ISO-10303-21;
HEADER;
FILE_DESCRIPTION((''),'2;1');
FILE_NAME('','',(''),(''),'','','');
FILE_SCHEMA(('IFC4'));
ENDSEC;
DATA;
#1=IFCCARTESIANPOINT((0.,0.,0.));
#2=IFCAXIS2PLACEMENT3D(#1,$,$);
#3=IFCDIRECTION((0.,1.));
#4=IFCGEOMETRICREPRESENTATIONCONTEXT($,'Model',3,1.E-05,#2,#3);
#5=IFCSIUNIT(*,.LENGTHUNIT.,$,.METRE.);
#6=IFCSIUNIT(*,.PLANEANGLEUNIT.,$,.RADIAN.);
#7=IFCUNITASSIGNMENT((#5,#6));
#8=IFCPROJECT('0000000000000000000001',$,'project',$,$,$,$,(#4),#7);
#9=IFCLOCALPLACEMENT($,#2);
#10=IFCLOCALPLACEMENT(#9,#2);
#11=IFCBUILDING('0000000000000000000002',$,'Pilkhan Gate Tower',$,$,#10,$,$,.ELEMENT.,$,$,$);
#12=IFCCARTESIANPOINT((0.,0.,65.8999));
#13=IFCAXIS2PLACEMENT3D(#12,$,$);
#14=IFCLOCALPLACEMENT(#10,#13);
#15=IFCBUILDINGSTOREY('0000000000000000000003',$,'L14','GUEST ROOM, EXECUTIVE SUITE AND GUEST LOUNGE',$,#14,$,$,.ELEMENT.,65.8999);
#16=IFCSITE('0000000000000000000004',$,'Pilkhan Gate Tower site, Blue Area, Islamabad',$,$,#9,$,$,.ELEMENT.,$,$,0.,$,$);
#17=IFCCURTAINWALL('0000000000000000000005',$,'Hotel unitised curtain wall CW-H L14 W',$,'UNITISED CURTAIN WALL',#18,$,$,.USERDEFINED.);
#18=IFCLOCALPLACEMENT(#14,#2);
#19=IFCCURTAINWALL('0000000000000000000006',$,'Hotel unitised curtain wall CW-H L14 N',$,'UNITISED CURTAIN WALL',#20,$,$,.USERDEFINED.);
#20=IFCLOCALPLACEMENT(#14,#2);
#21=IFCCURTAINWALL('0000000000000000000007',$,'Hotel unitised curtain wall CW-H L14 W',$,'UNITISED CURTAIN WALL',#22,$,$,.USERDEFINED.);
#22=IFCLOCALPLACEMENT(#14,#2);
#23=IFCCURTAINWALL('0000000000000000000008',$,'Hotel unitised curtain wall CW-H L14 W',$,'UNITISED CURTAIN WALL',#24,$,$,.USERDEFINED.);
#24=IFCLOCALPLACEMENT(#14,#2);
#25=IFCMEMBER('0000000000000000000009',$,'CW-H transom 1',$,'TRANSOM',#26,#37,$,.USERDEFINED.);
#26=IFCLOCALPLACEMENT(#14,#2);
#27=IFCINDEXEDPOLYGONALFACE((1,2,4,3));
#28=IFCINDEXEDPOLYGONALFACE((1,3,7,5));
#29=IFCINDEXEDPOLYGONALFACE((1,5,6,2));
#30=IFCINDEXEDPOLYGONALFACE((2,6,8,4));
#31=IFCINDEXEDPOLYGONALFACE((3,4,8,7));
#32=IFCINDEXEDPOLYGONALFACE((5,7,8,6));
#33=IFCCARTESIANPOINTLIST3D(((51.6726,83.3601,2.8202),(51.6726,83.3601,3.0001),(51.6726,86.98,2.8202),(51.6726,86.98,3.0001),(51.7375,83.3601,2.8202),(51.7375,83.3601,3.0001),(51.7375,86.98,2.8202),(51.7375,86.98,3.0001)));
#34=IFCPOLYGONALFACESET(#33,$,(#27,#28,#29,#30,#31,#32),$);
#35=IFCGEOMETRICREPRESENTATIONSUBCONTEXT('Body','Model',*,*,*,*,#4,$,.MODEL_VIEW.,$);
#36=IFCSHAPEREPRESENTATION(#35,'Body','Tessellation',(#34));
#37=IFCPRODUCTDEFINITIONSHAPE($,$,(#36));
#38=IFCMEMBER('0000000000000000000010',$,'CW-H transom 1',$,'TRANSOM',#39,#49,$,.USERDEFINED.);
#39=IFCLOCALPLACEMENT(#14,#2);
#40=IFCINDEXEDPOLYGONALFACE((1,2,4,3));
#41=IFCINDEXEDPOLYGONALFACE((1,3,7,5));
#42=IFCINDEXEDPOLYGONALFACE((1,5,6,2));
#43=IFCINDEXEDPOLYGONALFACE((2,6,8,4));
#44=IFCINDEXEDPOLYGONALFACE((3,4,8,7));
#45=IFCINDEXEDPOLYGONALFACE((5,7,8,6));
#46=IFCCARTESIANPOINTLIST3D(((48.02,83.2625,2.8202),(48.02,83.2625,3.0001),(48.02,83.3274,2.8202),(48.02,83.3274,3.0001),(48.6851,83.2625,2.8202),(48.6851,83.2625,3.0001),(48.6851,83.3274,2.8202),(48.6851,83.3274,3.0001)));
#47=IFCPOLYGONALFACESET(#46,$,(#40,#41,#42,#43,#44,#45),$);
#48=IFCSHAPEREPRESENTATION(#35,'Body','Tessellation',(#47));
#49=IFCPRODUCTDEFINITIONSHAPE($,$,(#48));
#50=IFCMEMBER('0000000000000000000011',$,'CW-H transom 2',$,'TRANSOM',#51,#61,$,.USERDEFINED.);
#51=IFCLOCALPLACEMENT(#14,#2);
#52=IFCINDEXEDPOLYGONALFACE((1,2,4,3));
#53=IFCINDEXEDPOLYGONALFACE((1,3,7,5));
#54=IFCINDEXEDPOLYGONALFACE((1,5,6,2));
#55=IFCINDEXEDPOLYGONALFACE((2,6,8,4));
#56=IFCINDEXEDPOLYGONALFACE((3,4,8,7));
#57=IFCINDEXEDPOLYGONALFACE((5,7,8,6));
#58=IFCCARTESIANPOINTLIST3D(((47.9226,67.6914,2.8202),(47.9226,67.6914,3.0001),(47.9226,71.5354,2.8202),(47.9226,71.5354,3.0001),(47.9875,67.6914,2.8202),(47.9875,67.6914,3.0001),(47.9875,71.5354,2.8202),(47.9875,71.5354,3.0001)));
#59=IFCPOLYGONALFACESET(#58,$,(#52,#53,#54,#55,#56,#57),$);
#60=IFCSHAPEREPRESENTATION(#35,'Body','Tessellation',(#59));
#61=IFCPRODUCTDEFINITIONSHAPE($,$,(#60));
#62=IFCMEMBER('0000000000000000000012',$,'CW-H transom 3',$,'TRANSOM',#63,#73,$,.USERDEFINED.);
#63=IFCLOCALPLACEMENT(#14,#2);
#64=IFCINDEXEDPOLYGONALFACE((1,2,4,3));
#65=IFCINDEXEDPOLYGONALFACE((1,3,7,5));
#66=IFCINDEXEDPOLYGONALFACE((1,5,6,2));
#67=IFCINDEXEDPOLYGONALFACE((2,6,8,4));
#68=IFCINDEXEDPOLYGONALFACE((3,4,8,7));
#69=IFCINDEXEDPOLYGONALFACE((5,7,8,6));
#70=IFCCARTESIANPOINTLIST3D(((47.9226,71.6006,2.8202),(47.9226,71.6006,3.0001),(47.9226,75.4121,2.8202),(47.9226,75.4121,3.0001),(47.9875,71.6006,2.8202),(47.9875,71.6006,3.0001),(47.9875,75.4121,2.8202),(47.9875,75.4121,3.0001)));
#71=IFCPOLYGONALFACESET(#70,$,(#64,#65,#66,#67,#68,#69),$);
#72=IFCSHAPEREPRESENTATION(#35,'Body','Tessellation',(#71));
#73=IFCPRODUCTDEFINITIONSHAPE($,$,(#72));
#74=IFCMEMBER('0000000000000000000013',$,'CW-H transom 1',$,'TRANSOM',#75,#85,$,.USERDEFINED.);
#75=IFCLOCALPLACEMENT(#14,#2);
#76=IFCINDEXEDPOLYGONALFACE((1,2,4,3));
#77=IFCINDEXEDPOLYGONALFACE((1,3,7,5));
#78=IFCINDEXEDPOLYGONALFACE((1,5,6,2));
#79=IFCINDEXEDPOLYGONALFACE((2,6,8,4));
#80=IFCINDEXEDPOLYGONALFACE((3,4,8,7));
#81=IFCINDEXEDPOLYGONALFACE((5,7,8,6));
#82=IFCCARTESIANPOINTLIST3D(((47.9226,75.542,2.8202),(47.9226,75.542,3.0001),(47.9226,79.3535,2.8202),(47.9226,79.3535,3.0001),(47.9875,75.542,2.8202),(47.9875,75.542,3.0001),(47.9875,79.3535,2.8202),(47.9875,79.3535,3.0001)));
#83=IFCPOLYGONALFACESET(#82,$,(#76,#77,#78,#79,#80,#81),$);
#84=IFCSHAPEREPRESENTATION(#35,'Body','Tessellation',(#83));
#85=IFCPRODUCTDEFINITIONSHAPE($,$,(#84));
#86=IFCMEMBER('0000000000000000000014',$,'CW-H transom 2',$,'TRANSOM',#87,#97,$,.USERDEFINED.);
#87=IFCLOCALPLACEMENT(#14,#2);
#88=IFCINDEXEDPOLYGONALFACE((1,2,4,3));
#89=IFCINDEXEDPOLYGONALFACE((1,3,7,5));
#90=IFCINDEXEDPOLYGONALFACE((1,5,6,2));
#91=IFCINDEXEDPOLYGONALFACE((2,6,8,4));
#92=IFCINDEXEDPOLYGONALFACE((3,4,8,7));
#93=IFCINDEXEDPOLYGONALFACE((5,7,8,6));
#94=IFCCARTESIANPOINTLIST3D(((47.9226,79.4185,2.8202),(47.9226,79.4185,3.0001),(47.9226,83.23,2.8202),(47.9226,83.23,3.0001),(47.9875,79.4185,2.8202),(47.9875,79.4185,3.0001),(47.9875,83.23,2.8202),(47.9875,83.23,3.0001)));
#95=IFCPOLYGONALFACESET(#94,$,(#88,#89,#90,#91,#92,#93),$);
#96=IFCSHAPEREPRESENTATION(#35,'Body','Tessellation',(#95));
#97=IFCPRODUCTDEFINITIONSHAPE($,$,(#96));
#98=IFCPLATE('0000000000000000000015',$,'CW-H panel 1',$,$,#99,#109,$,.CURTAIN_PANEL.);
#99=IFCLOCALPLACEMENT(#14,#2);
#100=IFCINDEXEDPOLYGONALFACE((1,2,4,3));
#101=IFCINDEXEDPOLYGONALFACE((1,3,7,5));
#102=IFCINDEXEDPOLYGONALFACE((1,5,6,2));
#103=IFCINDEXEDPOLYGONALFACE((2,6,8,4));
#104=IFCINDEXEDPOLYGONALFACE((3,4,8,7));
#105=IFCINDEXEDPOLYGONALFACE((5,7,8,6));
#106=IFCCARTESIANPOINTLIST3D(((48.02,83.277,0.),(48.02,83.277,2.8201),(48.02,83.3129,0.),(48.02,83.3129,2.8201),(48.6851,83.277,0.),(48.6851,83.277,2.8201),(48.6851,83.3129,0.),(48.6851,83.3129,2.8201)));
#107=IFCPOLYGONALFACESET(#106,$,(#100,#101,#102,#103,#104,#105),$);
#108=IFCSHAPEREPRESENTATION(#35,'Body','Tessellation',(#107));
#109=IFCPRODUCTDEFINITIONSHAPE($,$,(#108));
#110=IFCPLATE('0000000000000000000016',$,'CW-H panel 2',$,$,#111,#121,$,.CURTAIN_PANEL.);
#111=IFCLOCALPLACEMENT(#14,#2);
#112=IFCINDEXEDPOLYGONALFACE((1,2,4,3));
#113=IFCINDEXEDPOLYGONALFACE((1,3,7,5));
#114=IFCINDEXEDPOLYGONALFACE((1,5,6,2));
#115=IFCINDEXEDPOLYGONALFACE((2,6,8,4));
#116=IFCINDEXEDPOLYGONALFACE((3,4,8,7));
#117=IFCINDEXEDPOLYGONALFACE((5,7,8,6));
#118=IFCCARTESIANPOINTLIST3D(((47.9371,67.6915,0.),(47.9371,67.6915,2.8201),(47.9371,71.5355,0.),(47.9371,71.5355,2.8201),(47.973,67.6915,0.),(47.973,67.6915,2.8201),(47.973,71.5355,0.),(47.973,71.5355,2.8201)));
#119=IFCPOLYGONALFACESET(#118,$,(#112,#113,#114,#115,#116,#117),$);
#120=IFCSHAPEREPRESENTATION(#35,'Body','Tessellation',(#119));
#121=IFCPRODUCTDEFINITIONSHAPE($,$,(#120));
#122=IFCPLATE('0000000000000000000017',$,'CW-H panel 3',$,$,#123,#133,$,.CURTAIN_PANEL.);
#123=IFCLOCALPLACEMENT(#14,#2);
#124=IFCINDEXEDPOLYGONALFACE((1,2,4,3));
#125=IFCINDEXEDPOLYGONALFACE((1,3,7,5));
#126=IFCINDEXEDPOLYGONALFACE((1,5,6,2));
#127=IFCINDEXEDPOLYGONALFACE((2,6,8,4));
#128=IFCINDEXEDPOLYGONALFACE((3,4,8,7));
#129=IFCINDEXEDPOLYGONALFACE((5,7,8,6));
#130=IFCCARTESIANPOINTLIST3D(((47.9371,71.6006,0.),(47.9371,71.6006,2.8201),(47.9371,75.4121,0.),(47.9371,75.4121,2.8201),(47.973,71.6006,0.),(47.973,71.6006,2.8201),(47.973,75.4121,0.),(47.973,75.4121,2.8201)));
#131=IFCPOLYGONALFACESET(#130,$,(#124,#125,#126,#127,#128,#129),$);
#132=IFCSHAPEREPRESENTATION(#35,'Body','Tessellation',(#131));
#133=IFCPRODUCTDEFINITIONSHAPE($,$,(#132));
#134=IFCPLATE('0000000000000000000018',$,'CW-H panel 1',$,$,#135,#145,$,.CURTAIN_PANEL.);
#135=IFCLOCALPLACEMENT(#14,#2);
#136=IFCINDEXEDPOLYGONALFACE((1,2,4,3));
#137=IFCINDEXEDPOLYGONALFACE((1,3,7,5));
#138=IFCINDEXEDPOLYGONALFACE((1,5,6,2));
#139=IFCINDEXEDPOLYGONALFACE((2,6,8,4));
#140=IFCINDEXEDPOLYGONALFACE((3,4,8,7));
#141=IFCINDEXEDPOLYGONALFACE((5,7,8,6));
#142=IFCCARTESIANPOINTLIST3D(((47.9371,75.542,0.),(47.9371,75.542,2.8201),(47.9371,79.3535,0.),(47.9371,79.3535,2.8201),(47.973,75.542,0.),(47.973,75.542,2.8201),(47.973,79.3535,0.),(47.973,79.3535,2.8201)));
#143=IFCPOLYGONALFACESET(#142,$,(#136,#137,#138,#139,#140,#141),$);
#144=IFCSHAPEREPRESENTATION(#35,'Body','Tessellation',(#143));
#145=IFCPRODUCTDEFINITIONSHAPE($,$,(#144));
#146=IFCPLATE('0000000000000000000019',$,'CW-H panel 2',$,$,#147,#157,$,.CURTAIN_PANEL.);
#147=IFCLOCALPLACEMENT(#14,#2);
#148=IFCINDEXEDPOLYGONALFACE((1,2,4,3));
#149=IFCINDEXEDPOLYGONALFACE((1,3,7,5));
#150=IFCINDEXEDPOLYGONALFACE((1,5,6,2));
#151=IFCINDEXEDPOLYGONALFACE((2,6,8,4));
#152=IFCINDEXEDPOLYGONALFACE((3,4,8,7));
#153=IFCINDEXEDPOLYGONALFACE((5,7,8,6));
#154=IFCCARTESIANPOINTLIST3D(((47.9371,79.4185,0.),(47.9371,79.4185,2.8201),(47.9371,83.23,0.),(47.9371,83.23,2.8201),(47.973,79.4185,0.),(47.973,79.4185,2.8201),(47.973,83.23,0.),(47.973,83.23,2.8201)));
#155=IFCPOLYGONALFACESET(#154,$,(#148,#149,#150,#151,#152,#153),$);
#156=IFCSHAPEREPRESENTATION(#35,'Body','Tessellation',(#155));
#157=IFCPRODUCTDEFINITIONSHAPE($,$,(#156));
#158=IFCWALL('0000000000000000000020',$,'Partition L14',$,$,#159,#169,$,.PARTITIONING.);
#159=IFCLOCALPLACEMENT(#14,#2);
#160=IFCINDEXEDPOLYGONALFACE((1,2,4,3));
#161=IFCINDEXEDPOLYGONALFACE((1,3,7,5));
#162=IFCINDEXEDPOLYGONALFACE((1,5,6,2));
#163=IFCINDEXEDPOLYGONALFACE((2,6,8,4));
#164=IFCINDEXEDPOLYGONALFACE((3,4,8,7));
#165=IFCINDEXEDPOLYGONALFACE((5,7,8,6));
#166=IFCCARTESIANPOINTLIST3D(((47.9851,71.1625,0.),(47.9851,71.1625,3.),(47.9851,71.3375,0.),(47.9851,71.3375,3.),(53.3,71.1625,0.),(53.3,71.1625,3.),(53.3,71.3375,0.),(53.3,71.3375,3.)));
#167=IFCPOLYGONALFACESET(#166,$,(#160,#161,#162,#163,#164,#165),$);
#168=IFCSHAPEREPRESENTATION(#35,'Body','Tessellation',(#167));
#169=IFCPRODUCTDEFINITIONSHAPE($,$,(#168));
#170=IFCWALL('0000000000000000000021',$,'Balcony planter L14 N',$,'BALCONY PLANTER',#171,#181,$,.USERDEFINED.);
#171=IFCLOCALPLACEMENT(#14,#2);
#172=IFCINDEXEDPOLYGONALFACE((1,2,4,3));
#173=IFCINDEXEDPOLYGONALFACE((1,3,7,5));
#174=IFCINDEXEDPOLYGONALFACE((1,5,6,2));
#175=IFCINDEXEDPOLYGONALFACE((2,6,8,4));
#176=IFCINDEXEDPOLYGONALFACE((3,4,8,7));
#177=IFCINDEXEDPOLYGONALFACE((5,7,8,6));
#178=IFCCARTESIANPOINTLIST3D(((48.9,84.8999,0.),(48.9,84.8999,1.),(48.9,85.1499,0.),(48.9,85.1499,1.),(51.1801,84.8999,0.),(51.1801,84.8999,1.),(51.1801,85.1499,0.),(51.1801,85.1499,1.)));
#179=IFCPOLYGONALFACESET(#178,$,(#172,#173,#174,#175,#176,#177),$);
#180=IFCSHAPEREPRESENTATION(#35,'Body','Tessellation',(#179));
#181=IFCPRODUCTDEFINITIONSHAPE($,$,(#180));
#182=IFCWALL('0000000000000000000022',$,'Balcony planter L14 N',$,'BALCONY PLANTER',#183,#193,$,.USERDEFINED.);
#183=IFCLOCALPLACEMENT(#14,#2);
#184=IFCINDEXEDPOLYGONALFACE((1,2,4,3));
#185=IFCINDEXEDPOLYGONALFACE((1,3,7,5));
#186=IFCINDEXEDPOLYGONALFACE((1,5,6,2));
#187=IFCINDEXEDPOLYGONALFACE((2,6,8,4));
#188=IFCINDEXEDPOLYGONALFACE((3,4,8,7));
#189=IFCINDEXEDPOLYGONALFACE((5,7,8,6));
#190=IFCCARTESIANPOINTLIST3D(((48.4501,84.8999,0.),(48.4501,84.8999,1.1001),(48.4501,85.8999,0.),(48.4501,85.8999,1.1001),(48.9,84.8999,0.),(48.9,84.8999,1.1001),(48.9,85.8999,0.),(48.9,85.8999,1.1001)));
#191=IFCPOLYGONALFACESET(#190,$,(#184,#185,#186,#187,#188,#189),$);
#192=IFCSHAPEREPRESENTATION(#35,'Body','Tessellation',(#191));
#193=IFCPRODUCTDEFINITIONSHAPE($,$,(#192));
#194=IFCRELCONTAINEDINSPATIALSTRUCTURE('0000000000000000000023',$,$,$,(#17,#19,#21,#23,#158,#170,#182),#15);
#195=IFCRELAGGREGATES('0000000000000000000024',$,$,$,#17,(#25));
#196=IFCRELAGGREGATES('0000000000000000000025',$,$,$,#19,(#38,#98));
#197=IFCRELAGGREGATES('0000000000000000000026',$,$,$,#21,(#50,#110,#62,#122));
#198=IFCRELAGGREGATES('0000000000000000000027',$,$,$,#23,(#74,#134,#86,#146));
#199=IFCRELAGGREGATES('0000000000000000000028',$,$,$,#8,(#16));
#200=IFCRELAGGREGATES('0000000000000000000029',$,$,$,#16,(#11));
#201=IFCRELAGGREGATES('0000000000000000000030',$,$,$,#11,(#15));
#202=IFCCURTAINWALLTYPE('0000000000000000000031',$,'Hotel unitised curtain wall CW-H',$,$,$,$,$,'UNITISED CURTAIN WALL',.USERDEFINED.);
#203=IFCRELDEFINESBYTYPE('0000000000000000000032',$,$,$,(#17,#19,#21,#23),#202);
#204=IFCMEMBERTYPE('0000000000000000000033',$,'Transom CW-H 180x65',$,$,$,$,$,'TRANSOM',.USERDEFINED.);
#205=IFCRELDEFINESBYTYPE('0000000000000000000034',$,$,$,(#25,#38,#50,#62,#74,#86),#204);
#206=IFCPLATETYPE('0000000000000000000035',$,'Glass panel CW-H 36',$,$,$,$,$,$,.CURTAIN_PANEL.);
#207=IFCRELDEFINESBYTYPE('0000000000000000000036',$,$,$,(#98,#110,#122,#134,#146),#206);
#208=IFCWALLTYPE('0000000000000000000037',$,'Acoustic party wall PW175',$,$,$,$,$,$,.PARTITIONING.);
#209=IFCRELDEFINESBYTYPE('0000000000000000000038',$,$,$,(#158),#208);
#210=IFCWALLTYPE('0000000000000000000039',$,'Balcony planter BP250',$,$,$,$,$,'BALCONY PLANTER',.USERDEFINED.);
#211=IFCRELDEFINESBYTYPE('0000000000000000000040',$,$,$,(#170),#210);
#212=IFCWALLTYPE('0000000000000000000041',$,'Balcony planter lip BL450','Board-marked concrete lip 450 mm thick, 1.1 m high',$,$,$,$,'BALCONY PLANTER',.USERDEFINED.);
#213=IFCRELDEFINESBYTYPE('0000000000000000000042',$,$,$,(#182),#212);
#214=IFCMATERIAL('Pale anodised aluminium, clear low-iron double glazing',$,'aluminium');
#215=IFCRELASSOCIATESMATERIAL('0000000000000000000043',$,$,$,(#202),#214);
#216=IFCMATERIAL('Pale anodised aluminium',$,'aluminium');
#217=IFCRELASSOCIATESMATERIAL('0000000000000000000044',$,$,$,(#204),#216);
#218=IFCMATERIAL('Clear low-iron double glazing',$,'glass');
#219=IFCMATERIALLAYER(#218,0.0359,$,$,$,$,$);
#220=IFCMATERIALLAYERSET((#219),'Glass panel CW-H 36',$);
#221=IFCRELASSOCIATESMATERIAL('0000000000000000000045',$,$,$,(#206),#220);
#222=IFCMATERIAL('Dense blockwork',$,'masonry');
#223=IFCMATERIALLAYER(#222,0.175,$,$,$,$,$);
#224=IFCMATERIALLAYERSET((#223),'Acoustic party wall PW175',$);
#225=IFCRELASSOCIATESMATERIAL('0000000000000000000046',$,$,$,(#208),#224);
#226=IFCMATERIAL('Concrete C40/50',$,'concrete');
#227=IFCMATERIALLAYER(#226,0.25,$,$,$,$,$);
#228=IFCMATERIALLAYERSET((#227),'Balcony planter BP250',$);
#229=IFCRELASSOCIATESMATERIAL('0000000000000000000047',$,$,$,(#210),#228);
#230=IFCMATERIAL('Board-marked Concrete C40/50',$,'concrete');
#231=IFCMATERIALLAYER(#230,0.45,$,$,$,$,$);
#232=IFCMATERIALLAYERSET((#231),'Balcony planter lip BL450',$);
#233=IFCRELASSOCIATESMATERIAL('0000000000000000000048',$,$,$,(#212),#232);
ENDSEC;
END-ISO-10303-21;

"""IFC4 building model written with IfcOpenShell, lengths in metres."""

from ifc_helpers import new_model, si_unit, direction, frame, frame_2d, origin, origin_2d, place, context, subcontext, project, spatial, rectangle, extrude, material, layer, layer_set, material_profile, profile_set, type_object, element, aggregate, save


model = new_model("IFC4")

# Units and contexts
model_context = context("Model", 3, precision=1e-05, world=origin(), true_north=direction((0.0, 1.0)))
body_context = subcontext(model_context, "Body", "Model", "MODEL_VIEW")
ifc_project = project(units=[si_unit("LENGTHUNIT", "METRE"), si_unit("PLANEANGLEUNIT", "RADIAN")], contexts=[model_context])

# Site, building, storey
site_placement = place(None, origin())
site = spatial("IfcSite", under=ifc_project, at=site_placement, Name="Pilkhan Gate Tower site, Blue Area, Islamabad", CompositionType="ELEMENT", RefElevation=0.0)
building_placement = place(site_placement, origin())
building = spatial("IfcBuilding", under=site, at=building_placement, Name="Pilkhan Gate Tower", CompositionType="ELEMENT")
storey_placement = place(building_placement, frame((0.0, 0.0, 65.8999)))
storey = spatial("IfcBuildingStorey", under=building, at=storey_placement, Name="L14", Description="GUEST ROOM, EXECUTIVE SUITE AND GUEST LOUNGE", CompositionType="ELEMENT", Elevation=65.8999)

# Curtain wall
ifc_material_1 = material(Name="Pale anodised aluminium, clear low-iron double glazing", Category="aluminium")
curtain_wall_type = type_object("IfcCurtainWallType", Name="Hotel unitised curtain wall CW-H", ElementType="UNITISED CURTAIN WALL", PredefinedType="USERDEFINED", material=ifc_material_1)
curtain_wall_1_placement = place(storey_placement, origin())
curtain_wall_1 = element("IfcCurtainWall", 1, at=curtain_wall_1_placement, inside=storey, type_object=curtain_wall_type, Name="Hotel unitised curtain wall CW-H L14 W", ObjectType="UNITISED CURTAIN WALL", PredefinedType="USERDEFINED")
ifc_material_2 = material(Name="Pale anodised aluminium", Category="aluminium")

# Curtain walls
curtain_wall_2_placement = place(storey_placement, origin())
curtain_wall_2 = element("IfcCurtainWall", 2, at=curtain_wall_2_placement, inside=storey, type_object=curtain_wall_type, Name="Hotel unitised curtain wall CW-H L14 N", ObjectType="UNITISED CURTAIN WALL", PredefinedType="USERDEFINED")
curtain_wall_3_placement = place(storey_placement, origin())
curtain_wall_3 = element("IfcCurtainWall", 3, at=curtain_wall_3_placement, inside=storey, type_object=curtain_wall_type, Name="Hotel unitised curtain wall CW-H L14 W", ObjectType="UNITISED CURTAIN WALL", PredefinedType="USERDEFINED")
curtain_wall_4_placement = place(storey_placement, origin())
curtain_wall_4 = element("IfcCurtainWall", 4, at=curtain_wall_4_placement, inside=storey, type_object=curtain_wall_type, Name="Hotel unitised curtain wall CW-H L14 W", ObjectType="UNITISED CURTAIN WALL", PredefinedType="USERDEFINED")

# Members
ifc_material_profile_1 = material_profile(ifc_material_2, rectangle(XDim=0.0649, YDim=0.1799, at=origin_2d()), Name="Transom 180x65")
ifc_profile_set_1 = profile_set([ifc_material_profile_1], Name="Pale anodised aluminium")
member_type_1 = type_object("IfcMemberType", Name="Transom CW-H 180x65", ElementType="TRANSOM", PredefinedType="USERDEFINED", material=ifc_profile_set_1)
member_1_placement = place(storey_placement, frame((51.7051, 83.3601, 2.9102), z_axis=(0.0, 1.0, 0.0), x_axis=(-1.0, 0.0, 0.0)))
member_1 = element("IfcMember", 5, at=member_1_placement, type_object=member_type_1, Name="CW-H transom 1", ObjectType="TRANSOM", PredefinedType="USERDEFINED", context=body_context, shape_type="SweptSolid", body=[
    extrude(rectangle(XDim=0.0649, YDim=0.1799, at=origin_2d()), origin(), (0.0, 0.0, 1.0), 3.6199),
])
aggregate(curtain_wall_1, [member_1])
member_2_placement = place(storey_placement, frame((48.02, 83.2949, 2.9102), z_axis=(1.0, 0.0, 0.0), x_axis=(0.0, 1.0, 0.0)))
member_2 = element("IfcMember", 6, at=member_2_placement, type_object=member_type_1, Name="CW-H transom 1", ObjectType="TRANSOM", PredefinedType="USERDEFINED", context=body_context, shape_type="SweptSolid", body=[
    extrude(rectangle(XDim=0.0649, YDim=0.1799, at=origin_2d()), origin(), (0.0, 0.0, 1.0), 0.665),
])
member_3_placement = place(storey_placement, frame((47.9551, 67.6914, 2.9102), z_axis=(0.0, 1.0, 0.0), x_axis=(-1.0, 0.0, 0.0)))
member_3 = element("IfcMember", 7, at=member_3_placement, type_object=member_type_1, Name="CW-H transom 2", ObjectType="TRANSOM", PredefinedType="USERDEFINED", context=body_context, shape_type="SweptSolid", body=[
    extrude(rectangle(XDim=0.0649, YDim=0.1799, at=origin_2d()), origin(), (0.0, 0.0, 1.0), 3.844),
])
member_4_placement = place(storey_placement, frame((47.9551, 71.6006, 2.9102), z_axis=(0.0, 1.0, 0.0), x_axis=(-1.0, 0.0, 0.0)))
member_4 = element("IfcMember", 8, at=member_4_placement, type_object=member_type_1, Name="CW-H transom 3", ObjectType="TRANSOM", PredefinedType="USERDEFINED", context=body_context, shape_type="SweptSolid", body=[
    extrude(rectangle(XDim=0.0649, YDim=0.1799, at=origin_2d()), origin(), (0.0, 0.0, 1.0), 3.8115),
])
member_5_placement = place(storey_placement, frame((47.9551, 75.542, 2.9102), z_axis=(0.0, 1.0, 0.0), x_axis=(-1.0, 0.0, 0.0)))
member_5 = element("IfcMember", 9, at=member_5_placement, type_object=member_type_1, Name="CW-H transom 1", ObjectType="TRANSOM", PredefinedType="USERDEFINED", context=body_context, shape_type="SweptSolid", body=[
    extrude(rectangle(XDim=0.0649, YDim=0.1799, at=origin_2d()), origin(), (0.0, 0.0, 1.0), 3.8115),
])
member_6_placement = place(storey_placement, frame((47.9551, 79.4185, 2.9102), z_axis=(0.0, 1.0, 0.0), x_axis=(-1.0, 0.0, 0.0)))
member_6 = element("IfcMember", 10, at=member_6_placement, type_object=member_type_1, Name="CW-H transom 2", ObjectType="TRANSOM", PredefinedType="USERDEFINED", context=body_context, shape_type="SweptSolid", body=[
    extrude(rectangle(XDim=0.0649, YDim=0.1799, at=origin_2d()), origin(), (0.0, 0.0, 1.0), 3.8115),
])

# Plates
ifc_material_3 = material(Name="Clear low-iron double glazing", Category="glass")
ifc_layer_1 = layer(ifc_material_3, 0.0359)
ifc_layer_set_1 = layer_set([ifc_layer_1], Name="Glass panel CW-H 36")
plate_type = type_object("IfcPlateType", Name="Glass panel CW-H 36", PredefinedType="CURTAIN_PANEL", material=ifc_layer_set_1)
plate_1_placement = place(storey_placement, frame((48.3525, 83.2949, 0.0), z_axis=(0.0, 0.0, 1.0), x_axis=(1.0, 0.0, 0.0)))
plate_1 = element("IfcPlate", 11, at=plate_1_placement, type_object=plate_type, Name="CW-H panel 1", PredefinedType="CURTAIN_PANEL", context=body_context, shape_type="SweptSolid", body=[
    extrude(rectangle(XDim=0.665, YDim=0.0359, at=origin_2d()), origin(), (0.0, 0.0, 1.0), 2.8201),
])
aggregate(curtain_wall_2, [member_2, plate_1])
plate_2_placement = place(storey_placement, frame((47.9551, 69.6135, 0.0), z_axis=(0.0, 0.0, 1.0), x_axis=(0.0, 1.0, 0.0)))
plate_2 = element("IfcPlate", 12, at=plate_2_placement, type_object=plate_type, Name="CW-H panel 2", PredefinedType="CURTAIN_PANEL", context=body_context, shape_type="SweptSolid", body=[
    extrude(rectangle(XDim=3.844, YDim=0.0359, at=origin_2d()), origin(), (0.0, 0.0, 1.0), 2.8201),
])
plate_3_placement = place(storey_placement, frame((47.9551, 73.5063, 0.0), z_axis=(0.0, 0.0, 1.0), x_axis=(0.0, 1.0, 0.0)))
plate_3 = element("IfcPlate", 13, at=plate_3_placement, type_object=plate_type, Name="CW-H panel 3", PredefinedType="CURTAIN_PANEL", context=body_context, shape_type="SweptSolid", body=[
    extrude(rectangle(XDim=3.8115, YDim=0.0359, at=origin_2d()), origin(), (0.0, 0.0, 1.0), 2.8201),
])
aggregate(curtain_wall_3, [member_3, plate_2, member_4, plate_3])
plate_4_placement = place(storey_placement, frame((47.9551, 77.4478, 0.0), z_axis=(0.0, 0.0, 1.0), x_axis=(0.0, 1.0, 0.0)))
plate_4 = element("IfcPlate", 14, at=plate_4_placement, type_object=plate_type, Name="CW-H panel 1", PredefinedType="CURTAIN_PANEL", context=body_context, shape_type="SweptSolid", body=[
    extrude(rectangle(XDim=3.8115, YDim=0.0359, at=origin_2d()), origin(), (0.0, 0.0, 1.0), 2.8201),
])
plate_5_placement = place(storey_placement, frame((47.9551, 81.3242, 0.0), z_axis=(0.0, 0.0, 1.0), x_axis=(0.0, 1.0, 0.0)))
plate_5 = element("IfcPlate", 15, at=plate_5_placement, type_object=plate_type, Name="CW-H panel 2", PredefinedType="CURTAIN_PANEL", context=body_context, shape_type="SweptSolid", body=[
    extrude(rectangle(XDim=3.8115, YDim=0.0359, at=origin_2d()), origin(), (0.0, 0.0, 1.0), 2.8201),
])
aggregate(curtain_wall_4, [member_5, plate_4, member_6, plate_5])

# Walls
ifc_material_4 = material(Name="Dense blockwork", Category="masonry")
ifc_layer_2 = layer(ifc_material_4, 0.175)
ifc_layer_set_2 = layer_set([ifc_layer_2], Name="Acoustic party wall PW175")
wall_type_1 = type_object("IfcWallType", Name="Acoustic party wall PW175", PredefinedType="PARTITIONING", material=ifc_layer_set_2)
wall_1_placement = place(storey_placement, frame((47.9851, 71.25, 0.0), z_axis=(0.0, 0.0, 1.0), x_axis=(1.0, 0.0, 0.0)))
element("IfcWall", 16, at=wall_1_placement, inside=storey, type_object=wall_type_1, Name="Partition L14", PredefinedType="PARTITIONING", context=body_context, shape_type="SweptSolid", body=[
    extrude(rectangle(XDim=5.3149, YDim=0.175, at=frame_2d((2.6575, 0.0))), origin(), (0.0, 0.0, 1.0), 3.0),
])
ifc_material_5 = material(Name="Concrete C40/50", Category="concrete")
ifc_layer_3 = layer(ifc_material_5, 0.25)
ifc_layer_set_3 = layer_set([ifc_layer_3], Name="Balcony planter BP250")
wall_type_2 = type_object("IfcWallType", Name="Balcony planter BP250", ElementType="BALCONY PLANTER", PredefinedType="USERDEFINED", material=ifc_layer_set_3)
wall_2_placement = place(storey_placement, frame((48.8999, 85.0249, 0.0), z_axis=(0.0, 0.0, 1.0), x_axis=(1.0, 0.0, 0.0)))
element("IfcWall", 17, at=wall_2_placement, inside=storey, type_object=wall_type_2, Name="Balcony planter L14 N", ObjectType="BALCONY PLANTER", PredefinedType="USERDEFINED", context=body_context, shape_type="SweptSolid", body=[
    extrude(rectangle(XDim=2.28, YDim=0.25, at=frame_2d((1.1401, 0.0))), origin(), (0.0, 0.0, 1.0), 1.0),
])
ifc_material_6 = material(Name="Board-marked Concrete C40/50", Category="concrete")
ifc_layer_4 = layer(ifc_material_6, 0.45)
ifc_layer_set_4 = layer_set([ifc_layer_4], Name="Balcony planter lip BL450")
wall_type_3 = type_object("IfcWallType", Name="Balcony planter lip BL450", Description="Board-marked concrete lip 450 mm thick, 1.1 m high", ElementType="BALCONY PLANTER", PredefinedType="USERDEFINED", material=ifc_layer_set_4)
for number, where, z_axis, x_axis, name in (
    (18, (48.675, 84.8999, 0.0), (0.0, 0.0, 1.0), (0.0, 1.0, 0.0), "Balcony planter L14 N"),
):
    element("IfcWall", number, at=place(storey_placement, frame(where, z_axis=z_axis, x_axis=x_axis)), inside=storey, type_object=wall_type_3, Name=name, ObjectType="BALCONY PLANTER", PredefinedType="USERDEFINED", context=body_context, shape_type="SweptSolid", body=[
        extrude(rectangle(XDim=1.0, YDim=0.45, at=frame_2d((0.5, 0.0))), origin(), (0.0, 0.0, 1.0), 1.1001),
    ])

save(model, "model.ifc")
